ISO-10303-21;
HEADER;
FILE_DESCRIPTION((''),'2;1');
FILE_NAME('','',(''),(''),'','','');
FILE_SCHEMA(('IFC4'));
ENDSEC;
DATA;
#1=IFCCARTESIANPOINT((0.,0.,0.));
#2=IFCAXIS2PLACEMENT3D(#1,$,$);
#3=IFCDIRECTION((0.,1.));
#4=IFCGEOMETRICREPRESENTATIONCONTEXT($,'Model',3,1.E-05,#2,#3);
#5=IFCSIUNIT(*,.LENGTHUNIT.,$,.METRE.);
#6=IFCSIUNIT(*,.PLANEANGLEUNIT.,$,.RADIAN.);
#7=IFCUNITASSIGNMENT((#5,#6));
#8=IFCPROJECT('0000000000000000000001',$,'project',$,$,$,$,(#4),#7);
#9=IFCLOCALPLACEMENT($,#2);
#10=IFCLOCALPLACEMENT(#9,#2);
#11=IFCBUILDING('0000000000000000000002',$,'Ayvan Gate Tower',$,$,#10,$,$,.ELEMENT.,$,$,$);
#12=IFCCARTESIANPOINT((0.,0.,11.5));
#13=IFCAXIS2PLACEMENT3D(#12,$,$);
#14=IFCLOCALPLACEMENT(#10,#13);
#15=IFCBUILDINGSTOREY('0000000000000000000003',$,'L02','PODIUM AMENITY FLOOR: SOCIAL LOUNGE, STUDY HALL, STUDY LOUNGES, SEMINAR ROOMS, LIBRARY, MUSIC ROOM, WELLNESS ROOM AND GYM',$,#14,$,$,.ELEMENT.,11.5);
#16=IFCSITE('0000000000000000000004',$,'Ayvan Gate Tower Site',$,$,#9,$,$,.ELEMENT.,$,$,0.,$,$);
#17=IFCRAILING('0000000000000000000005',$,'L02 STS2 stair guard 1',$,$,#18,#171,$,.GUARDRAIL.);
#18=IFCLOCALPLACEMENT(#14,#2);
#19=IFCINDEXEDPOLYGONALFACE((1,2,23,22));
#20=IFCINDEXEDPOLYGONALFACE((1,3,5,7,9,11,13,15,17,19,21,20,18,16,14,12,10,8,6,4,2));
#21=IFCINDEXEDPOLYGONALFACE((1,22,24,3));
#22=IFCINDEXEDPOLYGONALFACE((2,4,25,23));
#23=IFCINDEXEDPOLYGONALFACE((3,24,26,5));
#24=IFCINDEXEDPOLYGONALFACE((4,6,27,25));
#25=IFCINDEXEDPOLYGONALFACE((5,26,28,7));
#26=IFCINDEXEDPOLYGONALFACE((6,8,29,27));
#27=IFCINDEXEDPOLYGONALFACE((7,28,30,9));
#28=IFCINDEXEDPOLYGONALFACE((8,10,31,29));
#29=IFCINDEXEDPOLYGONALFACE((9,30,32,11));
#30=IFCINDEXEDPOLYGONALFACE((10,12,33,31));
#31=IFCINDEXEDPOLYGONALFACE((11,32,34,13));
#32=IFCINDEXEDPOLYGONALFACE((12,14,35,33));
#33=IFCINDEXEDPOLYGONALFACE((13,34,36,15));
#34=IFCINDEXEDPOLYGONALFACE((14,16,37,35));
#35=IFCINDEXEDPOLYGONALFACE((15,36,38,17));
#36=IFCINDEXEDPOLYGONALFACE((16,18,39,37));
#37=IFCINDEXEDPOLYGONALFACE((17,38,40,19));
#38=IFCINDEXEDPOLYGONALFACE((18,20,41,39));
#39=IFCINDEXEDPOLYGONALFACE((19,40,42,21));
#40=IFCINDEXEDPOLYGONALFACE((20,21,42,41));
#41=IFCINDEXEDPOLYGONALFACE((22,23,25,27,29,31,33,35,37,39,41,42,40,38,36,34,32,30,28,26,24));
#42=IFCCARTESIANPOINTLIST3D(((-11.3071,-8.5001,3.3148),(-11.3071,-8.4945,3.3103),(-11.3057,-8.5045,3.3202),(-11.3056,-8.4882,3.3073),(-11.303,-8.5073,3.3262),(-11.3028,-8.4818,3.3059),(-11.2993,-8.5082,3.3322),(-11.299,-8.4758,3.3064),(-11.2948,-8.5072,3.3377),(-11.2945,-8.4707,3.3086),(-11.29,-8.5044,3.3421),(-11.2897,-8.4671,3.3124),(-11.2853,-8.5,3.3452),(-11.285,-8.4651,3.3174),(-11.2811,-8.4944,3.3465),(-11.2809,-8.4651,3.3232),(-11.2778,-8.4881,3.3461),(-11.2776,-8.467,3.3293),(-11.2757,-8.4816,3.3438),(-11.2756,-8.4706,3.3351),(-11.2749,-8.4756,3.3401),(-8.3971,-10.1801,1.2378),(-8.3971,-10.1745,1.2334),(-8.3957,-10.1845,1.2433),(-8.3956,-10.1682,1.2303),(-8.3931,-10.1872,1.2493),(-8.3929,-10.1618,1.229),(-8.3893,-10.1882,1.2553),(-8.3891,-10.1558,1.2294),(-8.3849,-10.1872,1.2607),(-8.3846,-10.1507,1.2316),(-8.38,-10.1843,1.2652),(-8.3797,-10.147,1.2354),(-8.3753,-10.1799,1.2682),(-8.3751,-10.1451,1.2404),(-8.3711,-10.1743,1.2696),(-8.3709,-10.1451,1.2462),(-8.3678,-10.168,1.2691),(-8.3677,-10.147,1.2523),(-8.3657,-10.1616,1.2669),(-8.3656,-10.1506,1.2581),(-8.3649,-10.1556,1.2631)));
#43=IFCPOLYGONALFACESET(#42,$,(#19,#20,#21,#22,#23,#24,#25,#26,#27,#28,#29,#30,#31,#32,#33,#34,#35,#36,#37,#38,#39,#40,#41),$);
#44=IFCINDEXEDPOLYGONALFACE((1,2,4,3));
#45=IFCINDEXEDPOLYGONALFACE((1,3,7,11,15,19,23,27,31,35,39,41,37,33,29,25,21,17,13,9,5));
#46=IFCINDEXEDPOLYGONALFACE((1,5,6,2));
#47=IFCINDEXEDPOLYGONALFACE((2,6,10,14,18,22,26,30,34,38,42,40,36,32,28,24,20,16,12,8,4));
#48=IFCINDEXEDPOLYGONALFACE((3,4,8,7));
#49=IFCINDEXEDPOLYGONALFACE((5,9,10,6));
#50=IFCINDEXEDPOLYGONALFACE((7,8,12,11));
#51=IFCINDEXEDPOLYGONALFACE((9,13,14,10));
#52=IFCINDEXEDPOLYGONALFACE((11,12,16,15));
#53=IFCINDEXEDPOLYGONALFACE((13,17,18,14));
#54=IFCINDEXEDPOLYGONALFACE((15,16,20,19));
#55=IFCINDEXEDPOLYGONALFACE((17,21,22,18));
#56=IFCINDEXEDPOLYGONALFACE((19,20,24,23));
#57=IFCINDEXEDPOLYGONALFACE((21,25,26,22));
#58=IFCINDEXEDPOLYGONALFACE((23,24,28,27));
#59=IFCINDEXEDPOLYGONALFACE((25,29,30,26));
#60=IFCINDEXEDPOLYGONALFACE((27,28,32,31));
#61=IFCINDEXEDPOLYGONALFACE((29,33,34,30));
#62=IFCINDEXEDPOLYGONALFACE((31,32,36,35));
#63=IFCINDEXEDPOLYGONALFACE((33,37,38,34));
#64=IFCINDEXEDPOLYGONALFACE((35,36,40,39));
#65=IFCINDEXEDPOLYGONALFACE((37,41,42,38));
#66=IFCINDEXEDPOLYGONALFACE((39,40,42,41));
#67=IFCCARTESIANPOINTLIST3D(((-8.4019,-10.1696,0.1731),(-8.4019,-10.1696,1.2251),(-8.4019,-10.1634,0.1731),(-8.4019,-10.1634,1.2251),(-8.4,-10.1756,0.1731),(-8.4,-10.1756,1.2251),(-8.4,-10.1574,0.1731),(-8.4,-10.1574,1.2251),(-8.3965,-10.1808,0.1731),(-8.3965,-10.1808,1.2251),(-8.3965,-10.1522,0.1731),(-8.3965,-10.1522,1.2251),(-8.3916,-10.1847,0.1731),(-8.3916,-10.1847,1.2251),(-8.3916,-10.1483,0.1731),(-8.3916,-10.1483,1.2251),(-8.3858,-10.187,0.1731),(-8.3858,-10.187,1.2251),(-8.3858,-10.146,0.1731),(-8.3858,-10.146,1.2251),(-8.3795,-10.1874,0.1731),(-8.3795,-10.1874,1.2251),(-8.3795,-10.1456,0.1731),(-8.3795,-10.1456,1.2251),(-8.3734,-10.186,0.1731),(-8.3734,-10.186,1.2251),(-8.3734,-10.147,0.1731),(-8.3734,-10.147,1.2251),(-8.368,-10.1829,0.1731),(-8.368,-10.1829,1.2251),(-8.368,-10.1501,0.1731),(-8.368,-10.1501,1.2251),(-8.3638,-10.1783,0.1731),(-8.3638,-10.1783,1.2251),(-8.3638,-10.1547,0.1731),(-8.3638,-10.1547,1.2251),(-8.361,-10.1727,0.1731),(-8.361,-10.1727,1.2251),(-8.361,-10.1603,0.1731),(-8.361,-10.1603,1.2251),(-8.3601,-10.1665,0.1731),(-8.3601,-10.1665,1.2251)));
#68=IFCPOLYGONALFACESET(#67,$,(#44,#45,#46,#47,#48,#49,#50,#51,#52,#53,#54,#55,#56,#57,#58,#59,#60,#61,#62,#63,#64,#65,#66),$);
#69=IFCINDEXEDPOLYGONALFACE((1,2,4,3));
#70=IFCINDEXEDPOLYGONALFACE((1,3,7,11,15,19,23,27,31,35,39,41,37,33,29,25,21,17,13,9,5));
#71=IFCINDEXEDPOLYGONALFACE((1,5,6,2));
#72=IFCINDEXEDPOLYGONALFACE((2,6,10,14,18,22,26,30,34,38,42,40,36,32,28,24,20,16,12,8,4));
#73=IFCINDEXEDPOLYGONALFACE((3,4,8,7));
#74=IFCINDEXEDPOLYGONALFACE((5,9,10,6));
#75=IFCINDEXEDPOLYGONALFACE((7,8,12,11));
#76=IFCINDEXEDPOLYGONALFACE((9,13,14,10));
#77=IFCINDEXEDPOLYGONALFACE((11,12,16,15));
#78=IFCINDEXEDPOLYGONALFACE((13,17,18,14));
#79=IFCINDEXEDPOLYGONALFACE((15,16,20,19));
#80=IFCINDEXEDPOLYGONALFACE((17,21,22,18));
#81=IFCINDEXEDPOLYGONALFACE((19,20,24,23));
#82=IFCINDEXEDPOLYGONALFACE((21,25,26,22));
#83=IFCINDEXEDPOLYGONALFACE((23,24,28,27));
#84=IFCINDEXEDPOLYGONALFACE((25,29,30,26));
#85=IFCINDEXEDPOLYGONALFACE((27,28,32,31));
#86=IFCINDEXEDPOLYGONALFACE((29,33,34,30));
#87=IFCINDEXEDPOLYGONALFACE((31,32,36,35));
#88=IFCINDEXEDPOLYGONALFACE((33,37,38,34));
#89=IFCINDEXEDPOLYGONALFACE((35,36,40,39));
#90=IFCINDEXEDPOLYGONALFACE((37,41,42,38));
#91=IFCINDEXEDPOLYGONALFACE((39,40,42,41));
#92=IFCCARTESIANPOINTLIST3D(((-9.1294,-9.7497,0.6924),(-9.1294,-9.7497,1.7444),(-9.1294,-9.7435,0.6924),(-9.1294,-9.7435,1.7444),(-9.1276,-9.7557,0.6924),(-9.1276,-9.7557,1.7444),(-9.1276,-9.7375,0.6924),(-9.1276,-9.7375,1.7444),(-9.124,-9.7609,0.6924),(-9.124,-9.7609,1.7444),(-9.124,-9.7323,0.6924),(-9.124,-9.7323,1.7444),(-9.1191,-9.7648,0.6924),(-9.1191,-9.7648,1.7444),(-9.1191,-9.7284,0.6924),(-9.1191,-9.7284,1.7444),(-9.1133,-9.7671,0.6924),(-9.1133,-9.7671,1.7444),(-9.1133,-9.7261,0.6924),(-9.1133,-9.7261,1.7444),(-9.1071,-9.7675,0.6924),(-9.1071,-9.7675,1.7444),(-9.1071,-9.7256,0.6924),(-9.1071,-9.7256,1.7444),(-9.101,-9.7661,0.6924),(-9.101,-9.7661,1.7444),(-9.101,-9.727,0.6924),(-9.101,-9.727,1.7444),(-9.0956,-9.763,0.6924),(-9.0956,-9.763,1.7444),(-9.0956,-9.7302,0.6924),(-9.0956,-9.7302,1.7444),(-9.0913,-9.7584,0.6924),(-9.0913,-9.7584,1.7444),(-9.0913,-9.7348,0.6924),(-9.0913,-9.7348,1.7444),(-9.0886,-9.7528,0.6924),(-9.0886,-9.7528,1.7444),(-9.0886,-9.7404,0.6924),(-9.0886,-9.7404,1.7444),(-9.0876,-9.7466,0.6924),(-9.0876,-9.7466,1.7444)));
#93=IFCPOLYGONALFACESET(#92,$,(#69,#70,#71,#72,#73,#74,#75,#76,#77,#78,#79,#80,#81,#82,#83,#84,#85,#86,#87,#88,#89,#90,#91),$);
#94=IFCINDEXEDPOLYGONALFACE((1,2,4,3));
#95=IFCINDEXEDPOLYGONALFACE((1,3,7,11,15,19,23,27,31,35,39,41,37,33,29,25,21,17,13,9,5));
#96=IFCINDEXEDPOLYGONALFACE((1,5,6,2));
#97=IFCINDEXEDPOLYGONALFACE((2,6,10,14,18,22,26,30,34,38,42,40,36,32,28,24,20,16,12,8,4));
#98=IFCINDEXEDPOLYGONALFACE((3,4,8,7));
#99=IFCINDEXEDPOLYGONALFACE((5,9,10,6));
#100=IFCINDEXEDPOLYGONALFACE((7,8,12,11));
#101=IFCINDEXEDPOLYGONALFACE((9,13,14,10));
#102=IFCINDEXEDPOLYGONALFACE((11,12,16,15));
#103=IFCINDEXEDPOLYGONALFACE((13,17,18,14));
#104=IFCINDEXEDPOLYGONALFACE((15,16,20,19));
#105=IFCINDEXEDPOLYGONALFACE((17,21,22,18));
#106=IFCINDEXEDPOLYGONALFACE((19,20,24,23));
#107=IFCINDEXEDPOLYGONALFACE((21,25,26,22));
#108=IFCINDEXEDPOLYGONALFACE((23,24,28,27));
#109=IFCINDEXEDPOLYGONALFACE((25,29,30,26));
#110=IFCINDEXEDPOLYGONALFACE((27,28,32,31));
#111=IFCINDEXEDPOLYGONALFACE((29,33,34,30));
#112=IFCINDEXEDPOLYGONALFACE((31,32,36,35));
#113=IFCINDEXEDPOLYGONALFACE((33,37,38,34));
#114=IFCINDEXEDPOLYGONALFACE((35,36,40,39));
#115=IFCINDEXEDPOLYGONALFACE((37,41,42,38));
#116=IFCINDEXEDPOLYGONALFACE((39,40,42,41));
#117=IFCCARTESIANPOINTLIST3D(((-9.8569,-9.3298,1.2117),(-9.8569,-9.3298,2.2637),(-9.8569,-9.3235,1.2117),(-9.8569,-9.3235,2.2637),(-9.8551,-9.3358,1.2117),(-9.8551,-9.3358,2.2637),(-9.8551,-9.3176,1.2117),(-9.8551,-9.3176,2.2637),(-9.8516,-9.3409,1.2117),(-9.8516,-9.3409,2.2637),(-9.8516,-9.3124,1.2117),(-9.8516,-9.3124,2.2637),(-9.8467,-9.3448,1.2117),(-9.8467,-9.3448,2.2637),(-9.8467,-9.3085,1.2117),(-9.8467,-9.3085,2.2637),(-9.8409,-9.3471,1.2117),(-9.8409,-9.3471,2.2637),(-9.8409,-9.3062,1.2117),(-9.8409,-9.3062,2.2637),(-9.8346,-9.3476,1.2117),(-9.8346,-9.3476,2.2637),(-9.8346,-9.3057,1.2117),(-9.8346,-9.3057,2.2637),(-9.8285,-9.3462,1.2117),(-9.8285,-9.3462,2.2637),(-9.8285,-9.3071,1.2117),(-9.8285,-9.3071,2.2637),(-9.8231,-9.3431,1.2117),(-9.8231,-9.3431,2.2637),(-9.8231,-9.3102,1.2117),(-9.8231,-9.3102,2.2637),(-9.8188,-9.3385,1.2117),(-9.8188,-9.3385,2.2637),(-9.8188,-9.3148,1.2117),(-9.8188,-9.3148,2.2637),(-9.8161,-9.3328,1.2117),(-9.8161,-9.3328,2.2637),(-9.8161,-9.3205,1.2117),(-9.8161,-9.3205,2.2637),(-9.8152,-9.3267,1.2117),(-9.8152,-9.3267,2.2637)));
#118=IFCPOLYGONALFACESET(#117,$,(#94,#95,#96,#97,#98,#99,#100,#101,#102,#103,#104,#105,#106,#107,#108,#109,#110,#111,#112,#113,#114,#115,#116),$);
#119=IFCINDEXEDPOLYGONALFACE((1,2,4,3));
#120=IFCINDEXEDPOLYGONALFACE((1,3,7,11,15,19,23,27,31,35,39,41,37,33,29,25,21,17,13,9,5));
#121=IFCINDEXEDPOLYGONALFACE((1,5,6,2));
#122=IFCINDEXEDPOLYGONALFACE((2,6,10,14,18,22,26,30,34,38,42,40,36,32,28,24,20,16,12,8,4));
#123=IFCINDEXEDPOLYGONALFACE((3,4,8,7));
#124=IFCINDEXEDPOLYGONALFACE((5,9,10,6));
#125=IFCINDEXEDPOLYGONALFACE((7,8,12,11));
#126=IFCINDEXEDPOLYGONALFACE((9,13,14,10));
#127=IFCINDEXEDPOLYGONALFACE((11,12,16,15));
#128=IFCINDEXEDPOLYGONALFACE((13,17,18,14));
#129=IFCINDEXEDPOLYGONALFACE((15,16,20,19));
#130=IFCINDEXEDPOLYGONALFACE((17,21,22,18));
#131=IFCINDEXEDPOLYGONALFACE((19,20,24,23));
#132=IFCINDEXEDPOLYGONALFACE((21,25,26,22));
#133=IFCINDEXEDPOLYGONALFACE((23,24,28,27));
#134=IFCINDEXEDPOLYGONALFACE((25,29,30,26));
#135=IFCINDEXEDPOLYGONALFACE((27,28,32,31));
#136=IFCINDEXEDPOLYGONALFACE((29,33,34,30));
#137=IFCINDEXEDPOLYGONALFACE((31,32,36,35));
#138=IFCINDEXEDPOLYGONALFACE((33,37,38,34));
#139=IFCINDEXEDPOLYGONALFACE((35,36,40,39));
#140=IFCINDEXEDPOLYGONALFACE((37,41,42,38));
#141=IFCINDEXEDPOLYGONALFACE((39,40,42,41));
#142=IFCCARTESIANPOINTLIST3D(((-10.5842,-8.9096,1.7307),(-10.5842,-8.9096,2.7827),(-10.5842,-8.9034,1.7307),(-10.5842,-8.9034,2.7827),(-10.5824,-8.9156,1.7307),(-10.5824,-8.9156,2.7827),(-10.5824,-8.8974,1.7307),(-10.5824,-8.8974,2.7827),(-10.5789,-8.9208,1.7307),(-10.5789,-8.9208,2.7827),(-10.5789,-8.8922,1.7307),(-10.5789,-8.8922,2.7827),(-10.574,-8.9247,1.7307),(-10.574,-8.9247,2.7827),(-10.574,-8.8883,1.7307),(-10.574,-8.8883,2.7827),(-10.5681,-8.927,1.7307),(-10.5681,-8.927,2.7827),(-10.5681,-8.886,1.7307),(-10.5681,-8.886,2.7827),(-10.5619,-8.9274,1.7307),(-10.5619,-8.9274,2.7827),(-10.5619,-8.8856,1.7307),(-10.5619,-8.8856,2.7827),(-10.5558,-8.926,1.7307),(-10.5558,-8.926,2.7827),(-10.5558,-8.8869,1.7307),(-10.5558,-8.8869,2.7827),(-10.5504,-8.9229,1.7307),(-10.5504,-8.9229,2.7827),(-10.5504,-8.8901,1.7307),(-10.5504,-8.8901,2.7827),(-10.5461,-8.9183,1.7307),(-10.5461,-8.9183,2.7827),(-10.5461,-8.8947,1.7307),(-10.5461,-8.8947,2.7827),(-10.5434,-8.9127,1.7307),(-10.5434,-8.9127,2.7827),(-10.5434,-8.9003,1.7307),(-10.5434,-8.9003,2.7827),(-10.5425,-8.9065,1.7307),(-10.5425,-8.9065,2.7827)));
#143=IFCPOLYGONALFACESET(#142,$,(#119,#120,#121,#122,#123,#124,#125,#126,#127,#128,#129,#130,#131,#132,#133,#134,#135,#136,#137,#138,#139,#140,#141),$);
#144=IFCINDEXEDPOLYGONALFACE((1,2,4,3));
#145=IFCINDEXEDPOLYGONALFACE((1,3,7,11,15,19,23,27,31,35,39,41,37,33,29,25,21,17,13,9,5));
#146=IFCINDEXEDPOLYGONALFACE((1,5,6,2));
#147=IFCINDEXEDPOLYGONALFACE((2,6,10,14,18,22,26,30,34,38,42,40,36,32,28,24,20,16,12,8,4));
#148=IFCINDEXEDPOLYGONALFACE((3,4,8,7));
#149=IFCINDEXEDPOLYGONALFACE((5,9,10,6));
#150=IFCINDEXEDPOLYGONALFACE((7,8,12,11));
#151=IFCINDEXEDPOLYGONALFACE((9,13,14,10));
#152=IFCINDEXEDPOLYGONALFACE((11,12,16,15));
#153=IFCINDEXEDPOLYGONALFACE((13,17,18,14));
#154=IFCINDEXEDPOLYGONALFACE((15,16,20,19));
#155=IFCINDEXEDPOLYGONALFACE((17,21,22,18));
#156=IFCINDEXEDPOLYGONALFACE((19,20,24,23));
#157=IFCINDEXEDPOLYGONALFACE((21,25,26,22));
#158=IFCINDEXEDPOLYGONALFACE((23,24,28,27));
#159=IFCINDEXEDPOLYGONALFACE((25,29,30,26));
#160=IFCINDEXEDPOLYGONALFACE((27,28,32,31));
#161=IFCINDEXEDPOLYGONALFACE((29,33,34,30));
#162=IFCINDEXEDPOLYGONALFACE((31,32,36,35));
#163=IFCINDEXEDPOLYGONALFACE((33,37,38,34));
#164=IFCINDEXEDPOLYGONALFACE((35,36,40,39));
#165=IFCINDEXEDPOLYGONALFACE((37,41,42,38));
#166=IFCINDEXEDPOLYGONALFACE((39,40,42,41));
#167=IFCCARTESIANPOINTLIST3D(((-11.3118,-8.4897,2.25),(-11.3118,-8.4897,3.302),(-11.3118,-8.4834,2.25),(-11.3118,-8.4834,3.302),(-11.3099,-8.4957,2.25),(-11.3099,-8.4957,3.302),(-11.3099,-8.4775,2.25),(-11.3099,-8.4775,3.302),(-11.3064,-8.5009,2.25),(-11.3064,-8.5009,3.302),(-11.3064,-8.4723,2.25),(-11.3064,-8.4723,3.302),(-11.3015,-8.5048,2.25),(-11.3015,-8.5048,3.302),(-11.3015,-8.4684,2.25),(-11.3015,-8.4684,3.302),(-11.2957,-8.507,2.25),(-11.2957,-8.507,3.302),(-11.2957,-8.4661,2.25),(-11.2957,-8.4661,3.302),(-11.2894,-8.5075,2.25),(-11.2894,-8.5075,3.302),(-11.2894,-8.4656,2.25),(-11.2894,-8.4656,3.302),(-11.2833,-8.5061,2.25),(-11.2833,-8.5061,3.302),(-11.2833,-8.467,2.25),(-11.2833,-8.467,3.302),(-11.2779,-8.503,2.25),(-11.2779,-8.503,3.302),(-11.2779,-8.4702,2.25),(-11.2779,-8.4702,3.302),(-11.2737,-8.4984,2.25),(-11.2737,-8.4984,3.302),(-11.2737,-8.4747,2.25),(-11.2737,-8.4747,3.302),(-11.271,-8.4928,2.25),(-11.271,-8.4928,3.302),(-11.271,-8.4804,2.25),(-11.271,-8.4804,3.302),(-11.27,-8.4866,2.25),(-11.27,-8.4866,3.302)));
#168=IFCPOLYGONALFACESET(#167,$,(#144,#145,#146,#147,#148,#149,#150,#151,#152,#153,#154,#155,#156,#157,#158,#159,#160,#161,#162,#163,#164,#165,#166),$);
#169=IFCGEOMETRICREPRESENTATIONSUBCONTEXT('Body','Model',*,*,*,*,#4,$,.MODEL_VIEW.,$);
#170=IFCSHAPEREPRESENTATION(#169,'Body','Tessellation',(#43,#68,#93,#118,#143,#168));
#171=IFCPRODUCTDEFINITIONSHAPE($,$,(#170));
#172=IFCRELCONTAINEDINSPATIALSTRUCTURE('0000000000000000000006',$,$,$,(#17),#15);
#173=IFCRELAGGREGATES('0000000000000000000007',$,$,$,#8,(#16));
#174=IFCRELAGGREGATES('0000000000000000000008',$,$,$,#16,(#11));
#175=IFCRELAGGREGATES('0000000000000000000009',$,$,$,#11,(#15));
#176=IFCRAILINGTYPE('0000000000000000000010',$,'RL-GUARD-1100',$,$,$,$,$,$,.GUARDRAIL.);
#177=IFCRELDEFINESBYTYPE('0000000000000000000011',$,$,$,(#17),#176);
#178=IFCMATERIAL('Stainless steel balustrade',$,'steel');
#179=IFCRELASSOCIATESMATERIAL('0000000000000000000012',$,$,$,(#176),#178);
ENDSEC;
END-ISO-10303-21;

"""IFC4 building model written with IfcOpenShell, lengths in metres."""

from ifc_helpers import new_model, si_unit, direction, frame, origin, origin_2d, place, context, subcontext, project, spatial, circle, extrude, material, type_object, element, save


model = new_model("IFC4")

# Units and contexts
model_context = context("Model", 3, precision=1e-05, world=origin(), true_north=direction((0.0, 1.0)))
body_context = subcontext(model_context, "Body", "Model", "MODEL_VIEW")
ifc_project = project(units=[si_unit("LENGTHUNIT", "METRE"), si_unit("PLANEANGLEUNIT", "RADIAN")], contexts=[model_context])

# Site, building, storey
site_placement = place(None, origin())
site = spatial("IfcSite", under=ifc_project, at=site_placement, Name="Ayvan Gate Tower Site", CompositionType="ELEMENT", RefElevation=0.0)
building_placement = place(site_placement, origin())
building = spatial("IfcBuilding", under=site, at=building_placement, Name="Ayvan Gate Tower", CompositionType="ELEMENT")
storey_placement = place(building_placement, frame((0.0, 0.0, 11.5)))
storey = spatial("IfcBuildingStorey", under=building, at=storey_placement, Name="L02", Description="PODIUM AMENITY FLOOR: SOCIAL LOUNGE, STUDY HALL, STUDY LOUNGES, SEMINAR ROOMS, LIBRARY, MUSIC ROOM, WELLNESS ROOM AND GYM", CompositionType="ELEMENT", Elevation=11.5)

# Railing
ifc_material_1 = material(Name="Stainless steel balustrade", Category="steel")
railing_type_1 = type_object("IfcRailingType", Name="RL-GUARD-1100", PredefinedType="GUARDRAIL", material=ifc_material_1)
railing_1_placement = place(storey_placement, frame((-8.3811, -10.1665, 0.1731)))
element("IfcRailing", 1, at=railing_1_placement, inside=storey, type_object=railing_type_1, Name="L02 STS2 stair guard 1", PredefinedType="GUARDRAIL", context=body_context, shape_type="SweptSolid", body=[
    extrude(circle(Radius=0.0239, at=origin_2d()), frame((0.0, 0.0, 1.0762), z_axis=(-0.736668, 0.425288, 0.525785), x_axis=(-0.499976, -0.866039, 0.0)), (0.0, 0.0, 1.0), 3.9502),
    extrude(circle(Radius=0.021, at=origin_2d()), origin(), (0.0, 0.0, 1.0), 1.052),
    extrude(circle(Radius=0.021, at=origin_2d()), frame((-0.7275, 0.4199, 0.5193)), (0.0, 0.0, 1.0), 1.052),
    extrude(circle(Radius=0.021, at=origin_2d()), frame((-1.4551, 0.8398, 1.0386)), (0.0, 0.0, 1.0), 1.052),
    extrude(circle(Radius=0.021, at=origin_2d()), frame((-2.1824, 1.26, 1.5576)), (0.0, 0.0, 1.0), 1.052),
    extrude(circle(Radius=0.021, at=origin_2d()), frame((-2.9099, 1.6799, 2.0769)), (0.0, 0.0, 1.0), 1.052),
])

save(model, "model.ifc")
